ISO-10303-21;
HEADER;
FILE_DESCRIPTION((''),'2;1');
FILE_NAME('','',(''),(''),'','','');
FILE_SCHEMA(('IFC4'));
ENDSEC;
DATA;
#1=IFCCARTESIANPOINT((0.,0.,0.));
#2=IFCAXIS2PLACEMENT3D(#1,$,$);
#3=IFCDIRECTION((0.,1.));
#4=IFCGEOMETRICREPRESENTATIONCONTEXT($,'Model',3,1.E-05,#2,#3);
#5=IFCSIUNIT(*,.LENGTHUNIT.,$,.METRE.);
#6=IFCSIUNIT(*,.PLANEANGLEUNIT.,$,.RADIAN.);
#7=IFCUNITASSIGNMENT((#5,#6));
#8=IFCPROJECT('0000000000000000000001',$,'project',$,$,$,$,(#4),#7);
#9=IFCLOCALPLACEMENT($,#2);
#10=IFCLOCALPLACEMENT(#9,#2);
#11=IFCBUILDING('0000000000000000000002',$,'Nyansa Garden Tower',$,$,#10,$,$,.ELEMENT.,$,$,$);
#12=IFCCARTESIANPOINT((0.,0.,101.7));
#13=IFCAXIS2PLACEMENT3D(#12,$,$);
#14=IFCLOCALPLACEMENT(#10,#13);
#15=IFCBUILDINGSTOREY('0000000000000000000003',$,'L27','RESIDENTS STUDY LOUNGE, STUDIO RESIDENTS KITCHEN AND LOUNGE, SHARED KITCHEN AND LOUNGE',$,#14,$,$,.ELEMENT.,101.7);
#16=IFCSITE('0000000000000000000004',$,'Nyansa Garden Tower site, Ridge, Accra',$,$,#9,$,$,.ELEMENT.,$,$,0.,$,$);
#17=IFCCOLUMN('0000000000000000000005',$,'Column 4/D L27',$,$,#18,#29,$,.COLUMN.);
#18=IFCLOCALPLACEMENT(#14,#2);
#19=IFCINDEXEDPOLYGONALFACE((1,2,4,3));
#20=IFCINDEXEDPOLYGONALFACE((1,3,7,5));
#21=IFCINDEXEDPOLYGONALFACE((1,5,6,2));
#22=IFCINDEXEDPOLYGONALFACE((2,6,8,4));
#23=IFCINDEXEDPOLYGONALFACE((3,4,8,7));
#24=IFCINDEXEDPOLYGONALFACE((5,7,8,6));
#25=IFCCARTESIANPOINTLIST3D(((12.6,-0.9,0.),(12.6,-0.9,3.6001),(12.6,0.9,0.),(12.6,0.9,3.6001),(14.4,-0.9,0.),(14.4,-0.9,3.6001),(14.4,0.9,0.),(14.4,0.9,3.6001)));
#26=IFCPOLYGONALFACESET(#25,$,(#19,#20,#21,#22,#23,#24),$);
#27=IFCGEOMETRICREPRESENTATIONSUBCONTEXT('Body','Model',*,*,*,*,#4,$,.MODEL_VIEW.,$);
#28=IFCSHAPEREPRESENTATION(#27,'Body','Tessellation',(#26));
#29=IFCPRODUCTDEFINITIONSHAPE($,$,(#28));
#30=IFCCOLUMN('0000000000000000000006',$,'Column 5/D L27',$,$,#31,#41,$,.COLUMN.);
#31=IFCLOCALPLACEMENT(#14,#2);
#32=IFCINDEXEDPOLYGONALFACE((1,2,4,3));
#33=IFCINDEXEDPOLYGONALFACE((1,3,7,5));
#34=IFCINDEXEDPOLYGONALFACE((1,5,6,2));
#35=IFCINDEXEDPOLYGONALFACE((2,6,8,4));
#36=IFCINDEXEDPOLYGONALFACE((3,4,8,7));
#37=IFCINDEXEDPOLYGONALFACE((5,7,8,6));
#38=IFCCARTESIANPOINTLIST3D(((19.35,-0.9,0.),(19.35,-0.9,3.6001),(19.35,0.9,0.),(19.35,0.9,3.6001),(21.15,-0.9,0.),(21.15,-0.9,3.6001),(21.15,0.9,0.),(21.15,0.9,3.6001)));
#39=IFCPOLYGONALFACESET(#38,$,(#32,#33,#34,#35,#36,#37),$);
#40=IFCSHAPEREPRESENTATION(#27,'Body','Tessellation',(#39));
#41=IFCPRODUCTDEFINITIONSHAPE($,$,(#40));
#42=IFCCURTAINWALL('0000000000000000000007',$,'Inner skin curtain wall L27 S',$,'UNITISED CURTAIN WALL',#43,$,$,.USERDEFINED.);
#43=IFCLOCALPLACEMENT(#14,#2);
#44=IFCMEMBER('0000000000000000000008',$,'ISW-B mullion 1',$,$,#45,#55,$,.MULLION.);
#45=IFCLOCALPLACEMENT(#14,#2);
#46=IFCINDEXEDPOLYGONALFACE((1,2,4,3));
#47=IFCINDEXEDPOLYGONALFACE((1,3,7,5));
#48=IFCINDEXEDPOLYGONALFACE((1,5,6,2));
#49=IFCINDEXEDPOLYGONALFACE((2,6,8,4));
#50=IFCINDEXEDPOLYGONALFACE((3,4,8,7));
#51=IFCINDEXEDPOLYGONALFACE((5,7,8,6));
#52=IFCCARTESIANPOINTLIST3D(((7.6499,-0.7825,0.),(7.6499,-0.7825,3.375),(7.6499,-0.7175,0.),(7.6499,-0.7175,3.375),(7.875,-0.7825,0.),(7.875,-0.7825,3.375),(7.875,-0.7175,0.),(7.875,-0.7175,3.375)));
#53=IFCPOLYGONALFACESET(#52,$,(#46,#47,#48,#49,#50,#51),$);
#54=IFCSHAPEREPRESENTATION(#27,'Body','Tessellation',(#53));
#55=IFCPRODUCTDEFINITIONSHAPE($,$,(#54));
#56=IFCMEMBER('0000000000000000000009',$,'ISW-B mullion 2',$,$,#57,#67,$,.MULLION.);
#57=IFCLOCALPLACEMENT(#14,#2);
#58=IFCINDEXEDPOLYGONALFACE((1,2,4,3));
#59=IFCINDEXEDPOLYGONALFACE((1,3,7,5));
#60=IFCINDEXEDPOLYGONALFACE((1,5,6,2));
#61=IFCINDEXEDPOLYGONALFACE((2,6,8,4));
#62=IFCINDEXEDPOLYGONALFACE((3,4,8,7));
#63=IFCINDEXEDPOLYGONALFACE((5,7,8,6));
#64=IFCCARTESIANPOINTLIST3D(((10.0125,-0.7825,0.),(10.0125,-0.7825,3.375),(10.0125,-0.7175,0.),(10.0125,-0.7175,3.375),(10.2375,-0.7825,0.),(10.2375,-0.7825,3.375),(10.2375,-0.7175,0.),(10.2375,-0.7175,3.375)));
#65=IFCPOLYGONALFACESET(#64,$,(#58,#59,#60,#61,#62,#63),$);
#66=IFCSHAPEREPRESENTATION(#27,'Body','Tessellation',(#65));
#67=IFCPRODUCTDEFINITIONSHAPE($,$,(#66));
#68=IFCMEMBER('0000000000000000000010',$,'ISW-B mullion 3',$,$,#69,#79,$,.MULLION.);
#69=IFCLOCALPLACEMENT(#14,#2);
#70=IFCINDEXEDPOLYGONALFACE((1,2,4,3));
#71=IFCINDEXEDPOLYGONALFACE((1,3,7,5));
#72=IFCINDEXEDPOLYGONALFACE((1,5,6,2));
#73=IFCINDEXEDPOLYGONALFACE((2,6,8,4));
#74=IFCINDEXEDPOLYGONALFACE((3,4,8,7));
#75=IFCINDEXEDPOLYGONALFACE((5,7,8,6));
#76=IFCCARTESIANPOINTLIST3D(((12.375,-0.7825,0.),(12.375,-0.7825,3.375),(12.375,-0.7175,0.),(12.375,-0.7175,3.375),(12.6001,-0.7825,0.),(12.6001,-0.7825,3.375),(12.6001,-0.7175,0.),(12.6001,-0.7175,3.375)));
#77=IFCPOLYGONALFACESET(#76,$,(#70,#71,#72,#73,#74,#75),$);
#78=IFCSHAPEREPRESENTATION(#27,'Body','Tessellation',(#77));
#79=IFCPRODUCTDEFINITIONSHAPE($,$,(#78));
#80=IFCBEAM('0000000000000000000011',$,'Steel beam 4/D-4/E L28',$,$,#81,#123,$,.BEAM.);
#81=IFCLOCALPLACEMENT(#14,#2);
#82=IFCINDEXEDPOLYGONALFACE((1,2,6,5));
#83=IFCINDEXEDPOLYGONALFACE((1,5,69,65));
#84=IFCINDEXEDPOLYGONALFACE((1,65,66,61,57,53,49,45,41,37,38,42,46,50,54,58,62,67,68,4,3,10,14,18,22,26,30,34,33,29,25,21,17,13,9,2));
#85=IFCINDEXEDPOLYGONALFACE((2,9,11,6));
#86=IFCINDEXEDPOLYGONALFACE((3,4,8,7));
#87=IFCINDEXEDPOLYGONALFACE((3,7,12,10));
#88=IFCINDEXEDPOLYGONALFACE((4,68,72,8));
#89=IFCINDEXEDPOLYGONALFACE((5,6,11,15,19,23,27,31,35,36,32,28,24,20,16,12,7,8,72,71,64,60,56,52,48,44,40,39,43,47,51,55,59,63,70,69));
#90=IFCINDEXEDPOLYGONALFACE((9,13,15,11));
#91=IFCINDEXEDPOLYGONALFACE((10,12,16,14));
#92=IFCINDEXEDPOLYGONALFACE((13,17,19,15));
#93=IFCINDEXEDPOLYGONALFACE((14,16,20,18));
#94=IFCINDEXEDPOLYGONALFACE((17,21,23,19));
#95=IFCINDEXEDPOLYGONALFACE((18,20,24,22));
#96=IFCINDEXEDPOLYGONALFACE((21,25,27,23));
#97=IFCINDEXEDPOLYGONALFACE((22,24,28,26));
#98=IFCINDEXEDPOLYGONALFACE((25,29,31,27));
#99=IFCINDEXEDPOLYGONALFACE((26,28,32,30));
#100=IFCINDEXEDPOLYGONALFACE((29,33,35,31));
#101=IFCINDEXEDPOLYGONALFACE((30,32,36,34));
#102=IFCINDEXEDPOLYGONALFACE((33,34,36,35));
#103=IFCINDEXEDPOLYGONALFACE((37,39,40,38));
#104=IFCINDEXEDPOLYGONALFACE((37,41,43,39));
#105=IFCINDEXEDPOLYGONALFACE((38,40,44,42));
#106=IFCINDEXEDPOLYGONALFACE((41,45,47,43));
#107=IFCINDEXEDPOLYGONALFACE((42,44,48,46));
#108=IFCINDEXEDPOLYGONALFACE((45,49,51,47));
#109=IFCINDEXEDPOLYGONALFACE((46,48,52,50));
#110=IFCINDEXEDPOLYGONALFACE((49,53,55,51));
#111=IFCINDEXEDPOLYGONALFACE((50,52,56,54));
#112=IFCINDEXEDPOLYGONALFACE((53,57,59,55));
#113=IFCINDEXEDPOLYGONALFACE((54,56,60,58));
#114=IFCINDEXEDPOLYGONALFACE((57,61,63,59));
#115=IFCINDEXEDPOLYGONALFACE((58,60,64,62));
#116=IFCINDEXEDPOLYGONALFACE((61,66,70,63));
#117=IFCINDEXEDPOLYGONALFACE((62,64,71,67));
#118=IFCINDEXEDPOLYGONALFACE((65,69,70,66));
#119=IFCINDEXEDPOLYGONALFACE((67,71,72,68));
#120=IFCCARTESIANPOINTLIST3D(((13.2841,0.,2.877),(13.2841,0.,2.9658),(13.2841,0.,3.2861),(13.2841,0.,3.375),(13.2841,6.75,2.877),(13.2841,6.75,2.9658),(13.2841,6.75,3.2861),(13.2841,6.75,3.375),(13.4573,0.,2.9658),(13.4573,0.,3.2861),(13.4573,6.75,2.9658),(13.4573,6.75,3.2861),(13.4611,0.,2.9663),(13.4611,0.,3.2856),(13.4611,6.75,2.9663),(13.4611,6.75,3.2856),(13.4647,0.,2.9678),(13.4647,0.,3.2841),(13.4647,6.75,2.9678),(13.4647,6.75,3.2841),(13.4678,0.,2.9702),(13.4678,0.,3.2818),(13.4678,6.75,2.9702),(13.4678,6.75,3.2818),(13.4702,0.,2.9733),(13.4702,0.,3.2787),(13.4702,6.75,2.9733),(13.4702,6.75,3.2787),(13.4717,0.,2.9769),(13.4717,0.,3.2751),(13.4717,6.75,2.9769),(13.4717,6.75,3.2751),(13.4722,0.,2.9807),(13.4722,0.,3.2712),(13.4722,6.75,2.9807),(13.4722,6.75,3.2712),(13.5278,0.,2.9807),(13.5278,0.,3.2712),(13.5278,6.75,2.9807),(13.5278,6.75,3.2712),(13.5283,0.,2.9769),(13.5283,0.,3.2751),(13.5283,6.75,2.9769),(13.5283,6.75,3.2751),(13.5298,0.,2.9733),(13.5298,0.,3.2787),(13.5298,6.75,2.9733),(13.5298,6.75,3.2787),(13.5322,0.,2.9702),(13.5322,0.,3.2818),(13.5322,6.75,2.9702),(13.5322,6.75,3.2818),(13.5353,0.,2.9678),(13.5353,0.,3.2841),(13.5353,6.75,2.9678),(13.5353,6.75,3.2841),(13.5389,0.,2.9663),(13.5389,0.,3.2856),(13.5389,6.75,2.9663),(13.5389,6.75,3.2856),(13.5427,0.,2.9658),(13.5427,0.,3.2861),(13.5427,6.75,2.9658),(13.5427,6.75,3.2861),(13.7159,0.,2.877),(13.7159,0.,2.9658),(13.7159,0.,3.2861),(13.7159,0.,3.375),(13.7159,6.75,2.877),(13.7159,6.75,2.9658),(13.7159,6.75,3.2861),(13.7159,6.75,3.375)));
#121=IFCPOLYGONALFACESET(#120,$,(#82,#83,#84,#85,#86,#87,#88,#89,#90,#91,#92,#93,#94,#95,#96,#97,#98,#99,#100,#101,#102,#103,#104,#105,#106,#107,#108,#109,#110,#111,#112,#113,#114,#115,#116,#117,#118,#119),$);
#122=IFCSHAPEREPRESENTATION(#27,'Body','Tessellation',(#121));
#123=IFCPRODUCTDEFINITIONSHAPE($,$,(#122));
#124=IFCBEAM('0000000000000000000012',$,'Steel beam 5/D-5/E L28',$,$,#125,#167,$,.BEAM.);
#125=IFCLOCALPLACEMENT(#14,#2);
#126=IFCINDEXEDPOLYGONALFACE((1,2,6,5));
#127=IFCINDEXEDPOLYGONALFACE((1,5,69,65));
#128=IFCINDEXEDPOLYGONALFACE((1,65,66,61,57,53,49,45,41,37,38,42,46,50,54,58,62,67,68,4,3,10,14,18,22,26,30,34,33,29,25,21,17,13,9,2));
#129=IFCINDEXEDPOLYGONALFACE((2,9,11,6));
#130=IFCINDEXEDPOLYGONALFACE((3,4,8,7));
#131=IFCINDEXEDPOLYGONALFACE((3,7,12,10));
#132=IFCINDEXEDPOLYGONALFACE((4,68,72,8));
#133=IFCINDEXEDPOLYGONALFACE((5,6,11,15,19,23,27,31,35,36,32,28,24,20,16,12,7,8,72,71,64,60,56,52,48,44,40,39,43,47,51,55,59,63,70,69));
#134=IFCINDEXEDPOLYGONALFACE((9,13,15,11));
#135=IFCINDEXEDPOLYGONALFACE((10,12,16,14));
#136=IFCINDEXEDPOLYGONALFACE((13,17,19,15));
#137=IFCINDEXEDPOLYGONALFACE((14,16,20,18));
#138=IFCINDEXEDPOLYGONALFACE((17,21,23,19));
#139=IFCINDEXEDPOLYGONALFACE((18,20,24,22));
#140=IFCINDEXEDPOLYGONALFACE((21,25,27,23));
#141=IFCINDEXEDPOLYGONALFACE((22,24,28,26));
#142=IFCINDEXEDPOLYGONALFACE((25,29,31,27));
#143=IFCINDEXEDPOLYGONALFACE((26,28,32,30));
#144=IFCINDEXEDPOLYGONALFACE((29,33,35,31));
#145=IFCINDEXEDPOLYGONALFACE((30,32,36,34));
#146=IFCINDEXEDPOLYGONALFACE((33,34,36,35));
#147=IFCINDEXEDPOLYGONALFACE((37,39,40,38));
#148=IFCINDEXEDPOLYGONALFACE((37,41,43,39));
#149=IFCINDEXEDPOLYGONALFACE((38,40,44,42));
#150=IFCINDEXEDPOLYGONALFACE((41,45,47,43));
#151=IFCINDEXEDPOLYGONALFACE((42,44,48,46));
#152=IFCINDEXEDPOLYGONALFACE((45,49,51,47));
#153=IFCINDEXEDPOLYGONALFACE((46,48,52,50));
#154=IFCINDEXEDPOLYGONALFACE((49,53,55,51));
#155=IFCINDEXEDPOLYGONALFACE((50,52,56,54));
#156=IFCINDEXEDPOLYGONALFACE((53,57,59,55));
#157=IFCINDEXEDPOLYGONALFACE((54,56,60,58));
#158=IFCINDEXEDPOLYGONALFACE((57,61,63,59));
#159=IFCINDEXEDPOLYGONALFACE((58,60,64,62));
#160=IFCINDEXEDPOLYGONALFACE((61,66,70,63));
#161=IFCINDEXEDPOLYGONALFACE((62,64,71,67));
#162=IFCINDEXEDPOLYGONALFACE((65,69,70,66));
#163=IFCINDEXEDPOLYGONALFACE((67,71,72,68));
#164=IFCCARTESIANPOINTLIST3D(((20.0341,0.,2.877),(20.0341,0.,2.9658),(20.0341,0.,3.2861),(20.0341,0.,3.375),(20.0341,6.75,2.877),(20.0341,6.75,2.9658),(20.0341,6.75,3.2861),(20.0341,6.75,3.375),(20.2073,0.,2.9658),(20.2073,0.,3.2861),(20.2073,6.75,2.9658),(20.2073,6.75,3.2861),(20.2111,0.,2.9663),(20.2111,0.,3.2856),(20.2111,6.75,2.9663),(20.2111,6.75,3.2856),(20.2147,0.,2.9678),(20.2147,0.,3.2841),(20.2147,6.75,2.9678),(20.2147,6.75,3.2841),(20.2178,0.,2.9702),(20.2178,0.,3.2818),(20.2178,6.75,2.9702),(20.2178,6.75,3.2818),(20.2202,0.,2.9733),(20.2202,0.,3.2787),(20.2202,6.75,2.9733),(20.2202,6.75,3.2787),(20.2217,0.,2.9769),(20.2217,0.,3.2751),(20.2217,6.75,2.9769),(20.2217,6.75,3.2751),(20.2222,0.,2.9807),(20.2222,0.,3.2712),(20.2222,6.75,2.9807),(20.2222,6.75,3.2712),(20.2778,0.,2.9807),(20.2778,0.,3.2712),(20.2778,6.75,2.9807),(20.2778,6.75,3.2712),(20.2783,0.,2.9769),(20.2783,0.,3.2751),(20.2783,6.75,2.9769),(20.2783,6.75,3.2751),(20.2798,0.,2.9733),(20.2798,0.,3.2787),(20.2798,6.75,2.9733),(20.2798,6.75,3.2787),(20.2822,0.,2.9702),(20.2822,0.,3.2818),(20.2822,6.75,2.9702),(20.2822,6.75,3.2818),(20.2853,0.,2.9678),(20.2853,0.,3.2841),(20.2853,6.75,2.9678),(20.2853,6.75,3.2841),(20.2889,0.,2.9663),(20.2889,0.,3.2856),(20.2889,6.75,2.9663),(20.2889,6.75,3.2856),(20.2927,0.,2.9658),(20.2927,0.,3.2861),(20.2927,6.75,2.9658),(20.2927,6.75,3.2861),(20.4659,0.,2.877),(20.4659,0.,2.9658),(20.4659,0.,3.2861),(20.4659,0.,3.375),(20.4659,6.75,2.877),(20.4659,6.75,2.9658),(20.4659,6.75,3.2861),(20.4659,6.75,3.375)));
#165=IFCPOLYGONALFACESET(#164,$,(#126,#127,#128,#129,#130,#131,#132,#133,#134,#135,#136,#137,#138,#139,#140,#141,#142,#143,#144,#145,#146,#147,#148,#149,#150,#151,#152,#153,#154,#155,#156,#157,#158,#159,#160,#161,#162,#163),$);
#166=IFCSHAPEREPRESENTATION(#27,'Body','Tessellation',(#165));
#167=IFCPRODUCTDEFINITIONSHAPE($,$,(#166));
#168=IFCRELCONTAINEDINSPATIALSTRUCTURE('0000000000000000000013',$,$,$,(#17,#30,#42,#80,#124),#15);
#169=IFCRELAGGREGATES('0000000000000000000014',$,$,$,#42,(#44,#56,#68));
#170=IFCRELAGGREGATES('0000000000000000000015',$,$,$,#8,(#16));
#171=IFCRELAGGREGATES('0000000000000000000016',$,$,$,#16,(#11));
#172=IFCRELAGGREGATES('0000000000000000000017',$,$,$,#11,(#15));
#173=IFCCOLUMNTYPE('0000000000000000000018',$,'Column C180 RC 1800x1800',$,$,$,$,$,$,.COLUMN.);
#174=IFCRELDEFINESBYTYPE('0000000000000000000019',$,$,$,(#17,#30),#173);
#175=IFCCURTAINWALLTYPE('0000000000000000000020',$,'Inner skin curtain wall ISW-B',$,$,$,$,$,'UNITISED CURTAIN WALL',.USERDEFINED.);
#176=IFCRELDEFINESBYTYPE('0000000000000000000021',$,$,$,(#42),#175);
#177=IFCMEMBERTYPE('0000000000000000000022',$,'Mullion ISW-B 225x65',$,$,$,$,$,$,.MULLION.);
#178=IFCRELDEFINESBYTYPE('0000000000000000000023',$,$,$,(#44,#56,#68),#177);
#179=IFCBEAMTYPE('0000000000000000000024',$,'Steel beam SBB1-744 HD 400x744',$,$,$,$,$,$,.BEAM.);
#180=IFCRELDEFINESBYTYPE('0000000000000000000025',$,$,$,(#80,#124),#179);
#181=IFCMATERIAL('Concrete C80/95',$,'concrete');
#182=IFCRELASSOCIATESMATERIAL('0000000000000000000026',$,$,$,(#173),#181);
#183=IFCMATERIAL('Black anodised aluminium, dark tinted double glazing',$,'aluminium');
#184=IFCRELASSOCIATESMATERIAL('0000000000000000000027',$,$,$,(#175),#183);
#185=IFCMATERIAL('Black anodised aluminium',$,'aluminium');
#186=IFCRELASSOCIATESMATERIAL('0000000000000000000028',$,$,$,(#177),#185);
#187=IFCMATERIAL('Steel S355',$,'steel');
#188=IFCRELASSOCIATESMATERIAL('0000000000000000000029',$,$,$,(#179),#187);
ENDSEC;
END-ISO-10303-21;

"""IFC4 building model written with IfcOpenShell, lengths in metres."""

from ifc_helpers import new_model, si_unit, direction, frame, origin, origin_2d, place, context, subcontext, project, spatial, rectangle, i_section, extrude, material, material_profile, profile_set, type_object, element, aggregate, save


model = new_model("IFC4")

# Units and contexts
model_context = context("Model", 3, precision=1e-05, world=origin(), true_north=direction((0.0, 1.0)))
body_context = subcontext(model_context, "Body", "Model", "MODEL_VIEW")
ifc_project = project(units=[si_unit("LENGTHUNIT", "METRE"), si_unit("PLANEANGLEUNIT", "RADIAN")], contexts=[model_context])

# Site, building, storey
site_placement = place(None, origin())
site = spatial("IfcSite", under=ifc_project, at=site_placement, Name="Nyansa Garden Tower site, Ridge, Accra", CompositionType="ELEMENT", RefElevation=0.0)
building_placement = place(site_placement, origin())
building = spatial("IfcBuilding", under=site, at=building_placement, Name="Nyansa Garden Tower", CompositionType="ELEMENT")
storey_placement = place(building_placement, frame((0.0, 0.0, 101.7)))
storey = spatial("IfcBuildingStorey", under=building, at=storey_placement, Name="L27", Description="RESIDENTS STUDY LOUNGE, STUDIO RESIDENTS KITCHEN AND LOUNGE, SHARED KITCHEN AND LOUNGE", CompositionType="ELEMENT", Elevation=101.7)

# Columns
ifc_material_1 = material(Name="Concrete C80/95", Category="concrete")
ifc_material_profile_1 = material_profile(ifc_material_1, rectangle(XDim=1.8, YDim=1.8, at=origin_2d()), Name="RC 1800x1800")
ifc_profile_set_1 = profile_set([ifc_material_profile_1], Name="Concrete C80/95")
column_type = type_object("IfcColumnType", Name="Column C180 RC 1800x1800", PredefinedType="COLUMN", material=ifc_profile_set_1)
for number, where, z_axis, x_axis, name in (
    (1, (13.5, 0.0, 0.0), (0.0, 0.0, 1.0), (1.0, 0.0, 0.0), "Column 4/D L27"),
    (2, (20.25, 0.0, 0.0), (0.0, 0.0, 1.0), (1.0, 0.0, 0.0), "Column 5/D L27"),
):
    element("IfcColumn", number, at=place(storey_placement, frame(where, z_axis=z_axis, x_axis=x_axis)), inside=storey, type_object=column_type, Name=name, PredefinedType="COLUMN", context=body_context, shape_type="SweptSolid", body=[
        extrude(rectangle(XDim=1.8, YDim=1.8, at=origin_2d()), origin(), (0.0, 0.0, 1.0), 3.6001),
    ])

# Curtain wall, members
ifc_material_2 = material(Name="Black anodised aluminium, dark tinted double glazing", Category="aluminium")
curtain_wall_type = type_object("IfcCurtainWallType", Name="Inner skin curtain wall ISW-B", ElementType="UNITISED CURTAIN WALL", PredefinedType="USERDEFINED", material=ifc_material_2)
curtain_wall_placement = place(storey_placement, origin())
curtain_wall = element("IfcCurtainWall", 3, at=curtain_wall_placement, inside=storey, type_object=curtain_wall_type, Name="Inner skin curtain wall L27 S", ObjectType="UNITISED CURTAIN WALL", PredefinedType="USERDEFINED")
ifc_material_3 = material(Name="Black anodised aluminium", Category="aluminium")
ifc_material_profile_2 = material_profile(ifc_material_3, rectangle(XDim=0.0649, YDim=0.2251, at=origin_2d()), Name="Mullion 225x65")
ifc_profile_set_2 = profile_set([ifc_material_profile_2], Name="Black anodised aluminium")
member_type_1 = type_object("IfcMemberType", Name="Mullion ISW-B 225x65", PredefinedType="MULLION", material=ifc_profile_set_2)
member_1_placement = place(storey_placement, frame((7.7625, -0.75, 0.0), z_axis=(0.0, 0.0, 1.0), x_axis=(0.0, 1.0, 0.0)))
member_1 = element("IfcMember", 4, at=member_1_placement, type_object=member_type_1, Name="ISW-B mullion 1", PredefinedType="MULLION", context=body_context, shape_type="SweptSolid", body=[
    extrude(rectangle(XDim=0.0649, YDim=0.2251, at=origin_2d()), origin(), (0.0, 0.0, 1.0), 3.375),
])
member_2_placement = place(storey_placement, frame((10.125, -0.75, 0.0), z_axis=(0.0, 0.0, 1.0), x_axis=(0.0, 1.0, 0.0)))
member_2 = element("IfcMember", 5, at=member_2_placement, type_object=member_type_1, Name="ISW-B mullion 2", PredefinedType="MULLION", context=body_context, shape_type="SweptSolid", body=[
    extrude(rectangle(XDim=0.0649, YDim=0.2251, at=origin_2d()), origin(), (0.0, 0.0, 1.0), 3.375),
])
member_3_placement = place(storey_placement, frame((12.4875, -0.75, 0.0), z_axis=(0.0, 0.0, 1.0), x_axis=(0.0, 1.0, 0.0)))
member_3 = element("IfcMember", 6, at=member_3_placement, type_object=member_type_1, Name="ISW-B mullion 3", PredefinedType="MULLION", context=body_context, shape_type="SweptSolid", body=[
    extrude(rectangle(XDim=0.0649, YDim=0.2251, at=origin_2d()), origin(), (0.0, 0.0, 1.0), 3.375),
])

# Beams
ifc_material_4 = material(Name="Steel S355", Category="steel")
ifc_material_profile_3 = material_profile(ifc_material_4, i_section(OverallWidth=0.4319, OverallDepth=0.498, WebThickness=0.0557, FlangeThickness=0.0889, FilletRadius=0.0149, at=origin_2d()), Name="HD 400x744")
ifc_profile_set_3 = profile_set([ifc_material_profile_3], Name="Steel S355")
beam_type_1 = type_object("IfcBeamType", Name="Steel beam SBB1-744 HD 400x744", PredefinedType="BEAM", material=ifc_profile_set_3)
for number, where, z_axis, x_axis, name in (
    (7, (13.5, 0.0, 3.126), (0.0, 1.0, 0.0), (-1.0, 0.0, 0.0), "Steel beam 4/D-4/E L28"),
    (8, (20.25, 0.0, 3.126), (0.0, 1.0, 0.0), (-1.0, 0.0, 0.0), "Steel beam 5/D-5/E L28"),
):
    element("IfcBeam", number, at=place(storey_placement, frame(where, z_axis=z_axis, x_axis=x_axis)), inside=storey, type_object=beam_type_1, Name=name, PredefinedType="BEAM", context=body_context, shape_type="SweptSolid", body=[
        extrude(i_section(OverallWidth=0.4319, OverallDepth=0.498, WebThickness=0.0557, FlangeThickness=0.0889, FilletRadius=0.0149, at=origin_2d()), origin(), (0.0, 0.0, 1.0), 6.75),
    ])

aggregate(curtain_wall, [member_1, member_2, member_3])

save(model, "model.ifc")
